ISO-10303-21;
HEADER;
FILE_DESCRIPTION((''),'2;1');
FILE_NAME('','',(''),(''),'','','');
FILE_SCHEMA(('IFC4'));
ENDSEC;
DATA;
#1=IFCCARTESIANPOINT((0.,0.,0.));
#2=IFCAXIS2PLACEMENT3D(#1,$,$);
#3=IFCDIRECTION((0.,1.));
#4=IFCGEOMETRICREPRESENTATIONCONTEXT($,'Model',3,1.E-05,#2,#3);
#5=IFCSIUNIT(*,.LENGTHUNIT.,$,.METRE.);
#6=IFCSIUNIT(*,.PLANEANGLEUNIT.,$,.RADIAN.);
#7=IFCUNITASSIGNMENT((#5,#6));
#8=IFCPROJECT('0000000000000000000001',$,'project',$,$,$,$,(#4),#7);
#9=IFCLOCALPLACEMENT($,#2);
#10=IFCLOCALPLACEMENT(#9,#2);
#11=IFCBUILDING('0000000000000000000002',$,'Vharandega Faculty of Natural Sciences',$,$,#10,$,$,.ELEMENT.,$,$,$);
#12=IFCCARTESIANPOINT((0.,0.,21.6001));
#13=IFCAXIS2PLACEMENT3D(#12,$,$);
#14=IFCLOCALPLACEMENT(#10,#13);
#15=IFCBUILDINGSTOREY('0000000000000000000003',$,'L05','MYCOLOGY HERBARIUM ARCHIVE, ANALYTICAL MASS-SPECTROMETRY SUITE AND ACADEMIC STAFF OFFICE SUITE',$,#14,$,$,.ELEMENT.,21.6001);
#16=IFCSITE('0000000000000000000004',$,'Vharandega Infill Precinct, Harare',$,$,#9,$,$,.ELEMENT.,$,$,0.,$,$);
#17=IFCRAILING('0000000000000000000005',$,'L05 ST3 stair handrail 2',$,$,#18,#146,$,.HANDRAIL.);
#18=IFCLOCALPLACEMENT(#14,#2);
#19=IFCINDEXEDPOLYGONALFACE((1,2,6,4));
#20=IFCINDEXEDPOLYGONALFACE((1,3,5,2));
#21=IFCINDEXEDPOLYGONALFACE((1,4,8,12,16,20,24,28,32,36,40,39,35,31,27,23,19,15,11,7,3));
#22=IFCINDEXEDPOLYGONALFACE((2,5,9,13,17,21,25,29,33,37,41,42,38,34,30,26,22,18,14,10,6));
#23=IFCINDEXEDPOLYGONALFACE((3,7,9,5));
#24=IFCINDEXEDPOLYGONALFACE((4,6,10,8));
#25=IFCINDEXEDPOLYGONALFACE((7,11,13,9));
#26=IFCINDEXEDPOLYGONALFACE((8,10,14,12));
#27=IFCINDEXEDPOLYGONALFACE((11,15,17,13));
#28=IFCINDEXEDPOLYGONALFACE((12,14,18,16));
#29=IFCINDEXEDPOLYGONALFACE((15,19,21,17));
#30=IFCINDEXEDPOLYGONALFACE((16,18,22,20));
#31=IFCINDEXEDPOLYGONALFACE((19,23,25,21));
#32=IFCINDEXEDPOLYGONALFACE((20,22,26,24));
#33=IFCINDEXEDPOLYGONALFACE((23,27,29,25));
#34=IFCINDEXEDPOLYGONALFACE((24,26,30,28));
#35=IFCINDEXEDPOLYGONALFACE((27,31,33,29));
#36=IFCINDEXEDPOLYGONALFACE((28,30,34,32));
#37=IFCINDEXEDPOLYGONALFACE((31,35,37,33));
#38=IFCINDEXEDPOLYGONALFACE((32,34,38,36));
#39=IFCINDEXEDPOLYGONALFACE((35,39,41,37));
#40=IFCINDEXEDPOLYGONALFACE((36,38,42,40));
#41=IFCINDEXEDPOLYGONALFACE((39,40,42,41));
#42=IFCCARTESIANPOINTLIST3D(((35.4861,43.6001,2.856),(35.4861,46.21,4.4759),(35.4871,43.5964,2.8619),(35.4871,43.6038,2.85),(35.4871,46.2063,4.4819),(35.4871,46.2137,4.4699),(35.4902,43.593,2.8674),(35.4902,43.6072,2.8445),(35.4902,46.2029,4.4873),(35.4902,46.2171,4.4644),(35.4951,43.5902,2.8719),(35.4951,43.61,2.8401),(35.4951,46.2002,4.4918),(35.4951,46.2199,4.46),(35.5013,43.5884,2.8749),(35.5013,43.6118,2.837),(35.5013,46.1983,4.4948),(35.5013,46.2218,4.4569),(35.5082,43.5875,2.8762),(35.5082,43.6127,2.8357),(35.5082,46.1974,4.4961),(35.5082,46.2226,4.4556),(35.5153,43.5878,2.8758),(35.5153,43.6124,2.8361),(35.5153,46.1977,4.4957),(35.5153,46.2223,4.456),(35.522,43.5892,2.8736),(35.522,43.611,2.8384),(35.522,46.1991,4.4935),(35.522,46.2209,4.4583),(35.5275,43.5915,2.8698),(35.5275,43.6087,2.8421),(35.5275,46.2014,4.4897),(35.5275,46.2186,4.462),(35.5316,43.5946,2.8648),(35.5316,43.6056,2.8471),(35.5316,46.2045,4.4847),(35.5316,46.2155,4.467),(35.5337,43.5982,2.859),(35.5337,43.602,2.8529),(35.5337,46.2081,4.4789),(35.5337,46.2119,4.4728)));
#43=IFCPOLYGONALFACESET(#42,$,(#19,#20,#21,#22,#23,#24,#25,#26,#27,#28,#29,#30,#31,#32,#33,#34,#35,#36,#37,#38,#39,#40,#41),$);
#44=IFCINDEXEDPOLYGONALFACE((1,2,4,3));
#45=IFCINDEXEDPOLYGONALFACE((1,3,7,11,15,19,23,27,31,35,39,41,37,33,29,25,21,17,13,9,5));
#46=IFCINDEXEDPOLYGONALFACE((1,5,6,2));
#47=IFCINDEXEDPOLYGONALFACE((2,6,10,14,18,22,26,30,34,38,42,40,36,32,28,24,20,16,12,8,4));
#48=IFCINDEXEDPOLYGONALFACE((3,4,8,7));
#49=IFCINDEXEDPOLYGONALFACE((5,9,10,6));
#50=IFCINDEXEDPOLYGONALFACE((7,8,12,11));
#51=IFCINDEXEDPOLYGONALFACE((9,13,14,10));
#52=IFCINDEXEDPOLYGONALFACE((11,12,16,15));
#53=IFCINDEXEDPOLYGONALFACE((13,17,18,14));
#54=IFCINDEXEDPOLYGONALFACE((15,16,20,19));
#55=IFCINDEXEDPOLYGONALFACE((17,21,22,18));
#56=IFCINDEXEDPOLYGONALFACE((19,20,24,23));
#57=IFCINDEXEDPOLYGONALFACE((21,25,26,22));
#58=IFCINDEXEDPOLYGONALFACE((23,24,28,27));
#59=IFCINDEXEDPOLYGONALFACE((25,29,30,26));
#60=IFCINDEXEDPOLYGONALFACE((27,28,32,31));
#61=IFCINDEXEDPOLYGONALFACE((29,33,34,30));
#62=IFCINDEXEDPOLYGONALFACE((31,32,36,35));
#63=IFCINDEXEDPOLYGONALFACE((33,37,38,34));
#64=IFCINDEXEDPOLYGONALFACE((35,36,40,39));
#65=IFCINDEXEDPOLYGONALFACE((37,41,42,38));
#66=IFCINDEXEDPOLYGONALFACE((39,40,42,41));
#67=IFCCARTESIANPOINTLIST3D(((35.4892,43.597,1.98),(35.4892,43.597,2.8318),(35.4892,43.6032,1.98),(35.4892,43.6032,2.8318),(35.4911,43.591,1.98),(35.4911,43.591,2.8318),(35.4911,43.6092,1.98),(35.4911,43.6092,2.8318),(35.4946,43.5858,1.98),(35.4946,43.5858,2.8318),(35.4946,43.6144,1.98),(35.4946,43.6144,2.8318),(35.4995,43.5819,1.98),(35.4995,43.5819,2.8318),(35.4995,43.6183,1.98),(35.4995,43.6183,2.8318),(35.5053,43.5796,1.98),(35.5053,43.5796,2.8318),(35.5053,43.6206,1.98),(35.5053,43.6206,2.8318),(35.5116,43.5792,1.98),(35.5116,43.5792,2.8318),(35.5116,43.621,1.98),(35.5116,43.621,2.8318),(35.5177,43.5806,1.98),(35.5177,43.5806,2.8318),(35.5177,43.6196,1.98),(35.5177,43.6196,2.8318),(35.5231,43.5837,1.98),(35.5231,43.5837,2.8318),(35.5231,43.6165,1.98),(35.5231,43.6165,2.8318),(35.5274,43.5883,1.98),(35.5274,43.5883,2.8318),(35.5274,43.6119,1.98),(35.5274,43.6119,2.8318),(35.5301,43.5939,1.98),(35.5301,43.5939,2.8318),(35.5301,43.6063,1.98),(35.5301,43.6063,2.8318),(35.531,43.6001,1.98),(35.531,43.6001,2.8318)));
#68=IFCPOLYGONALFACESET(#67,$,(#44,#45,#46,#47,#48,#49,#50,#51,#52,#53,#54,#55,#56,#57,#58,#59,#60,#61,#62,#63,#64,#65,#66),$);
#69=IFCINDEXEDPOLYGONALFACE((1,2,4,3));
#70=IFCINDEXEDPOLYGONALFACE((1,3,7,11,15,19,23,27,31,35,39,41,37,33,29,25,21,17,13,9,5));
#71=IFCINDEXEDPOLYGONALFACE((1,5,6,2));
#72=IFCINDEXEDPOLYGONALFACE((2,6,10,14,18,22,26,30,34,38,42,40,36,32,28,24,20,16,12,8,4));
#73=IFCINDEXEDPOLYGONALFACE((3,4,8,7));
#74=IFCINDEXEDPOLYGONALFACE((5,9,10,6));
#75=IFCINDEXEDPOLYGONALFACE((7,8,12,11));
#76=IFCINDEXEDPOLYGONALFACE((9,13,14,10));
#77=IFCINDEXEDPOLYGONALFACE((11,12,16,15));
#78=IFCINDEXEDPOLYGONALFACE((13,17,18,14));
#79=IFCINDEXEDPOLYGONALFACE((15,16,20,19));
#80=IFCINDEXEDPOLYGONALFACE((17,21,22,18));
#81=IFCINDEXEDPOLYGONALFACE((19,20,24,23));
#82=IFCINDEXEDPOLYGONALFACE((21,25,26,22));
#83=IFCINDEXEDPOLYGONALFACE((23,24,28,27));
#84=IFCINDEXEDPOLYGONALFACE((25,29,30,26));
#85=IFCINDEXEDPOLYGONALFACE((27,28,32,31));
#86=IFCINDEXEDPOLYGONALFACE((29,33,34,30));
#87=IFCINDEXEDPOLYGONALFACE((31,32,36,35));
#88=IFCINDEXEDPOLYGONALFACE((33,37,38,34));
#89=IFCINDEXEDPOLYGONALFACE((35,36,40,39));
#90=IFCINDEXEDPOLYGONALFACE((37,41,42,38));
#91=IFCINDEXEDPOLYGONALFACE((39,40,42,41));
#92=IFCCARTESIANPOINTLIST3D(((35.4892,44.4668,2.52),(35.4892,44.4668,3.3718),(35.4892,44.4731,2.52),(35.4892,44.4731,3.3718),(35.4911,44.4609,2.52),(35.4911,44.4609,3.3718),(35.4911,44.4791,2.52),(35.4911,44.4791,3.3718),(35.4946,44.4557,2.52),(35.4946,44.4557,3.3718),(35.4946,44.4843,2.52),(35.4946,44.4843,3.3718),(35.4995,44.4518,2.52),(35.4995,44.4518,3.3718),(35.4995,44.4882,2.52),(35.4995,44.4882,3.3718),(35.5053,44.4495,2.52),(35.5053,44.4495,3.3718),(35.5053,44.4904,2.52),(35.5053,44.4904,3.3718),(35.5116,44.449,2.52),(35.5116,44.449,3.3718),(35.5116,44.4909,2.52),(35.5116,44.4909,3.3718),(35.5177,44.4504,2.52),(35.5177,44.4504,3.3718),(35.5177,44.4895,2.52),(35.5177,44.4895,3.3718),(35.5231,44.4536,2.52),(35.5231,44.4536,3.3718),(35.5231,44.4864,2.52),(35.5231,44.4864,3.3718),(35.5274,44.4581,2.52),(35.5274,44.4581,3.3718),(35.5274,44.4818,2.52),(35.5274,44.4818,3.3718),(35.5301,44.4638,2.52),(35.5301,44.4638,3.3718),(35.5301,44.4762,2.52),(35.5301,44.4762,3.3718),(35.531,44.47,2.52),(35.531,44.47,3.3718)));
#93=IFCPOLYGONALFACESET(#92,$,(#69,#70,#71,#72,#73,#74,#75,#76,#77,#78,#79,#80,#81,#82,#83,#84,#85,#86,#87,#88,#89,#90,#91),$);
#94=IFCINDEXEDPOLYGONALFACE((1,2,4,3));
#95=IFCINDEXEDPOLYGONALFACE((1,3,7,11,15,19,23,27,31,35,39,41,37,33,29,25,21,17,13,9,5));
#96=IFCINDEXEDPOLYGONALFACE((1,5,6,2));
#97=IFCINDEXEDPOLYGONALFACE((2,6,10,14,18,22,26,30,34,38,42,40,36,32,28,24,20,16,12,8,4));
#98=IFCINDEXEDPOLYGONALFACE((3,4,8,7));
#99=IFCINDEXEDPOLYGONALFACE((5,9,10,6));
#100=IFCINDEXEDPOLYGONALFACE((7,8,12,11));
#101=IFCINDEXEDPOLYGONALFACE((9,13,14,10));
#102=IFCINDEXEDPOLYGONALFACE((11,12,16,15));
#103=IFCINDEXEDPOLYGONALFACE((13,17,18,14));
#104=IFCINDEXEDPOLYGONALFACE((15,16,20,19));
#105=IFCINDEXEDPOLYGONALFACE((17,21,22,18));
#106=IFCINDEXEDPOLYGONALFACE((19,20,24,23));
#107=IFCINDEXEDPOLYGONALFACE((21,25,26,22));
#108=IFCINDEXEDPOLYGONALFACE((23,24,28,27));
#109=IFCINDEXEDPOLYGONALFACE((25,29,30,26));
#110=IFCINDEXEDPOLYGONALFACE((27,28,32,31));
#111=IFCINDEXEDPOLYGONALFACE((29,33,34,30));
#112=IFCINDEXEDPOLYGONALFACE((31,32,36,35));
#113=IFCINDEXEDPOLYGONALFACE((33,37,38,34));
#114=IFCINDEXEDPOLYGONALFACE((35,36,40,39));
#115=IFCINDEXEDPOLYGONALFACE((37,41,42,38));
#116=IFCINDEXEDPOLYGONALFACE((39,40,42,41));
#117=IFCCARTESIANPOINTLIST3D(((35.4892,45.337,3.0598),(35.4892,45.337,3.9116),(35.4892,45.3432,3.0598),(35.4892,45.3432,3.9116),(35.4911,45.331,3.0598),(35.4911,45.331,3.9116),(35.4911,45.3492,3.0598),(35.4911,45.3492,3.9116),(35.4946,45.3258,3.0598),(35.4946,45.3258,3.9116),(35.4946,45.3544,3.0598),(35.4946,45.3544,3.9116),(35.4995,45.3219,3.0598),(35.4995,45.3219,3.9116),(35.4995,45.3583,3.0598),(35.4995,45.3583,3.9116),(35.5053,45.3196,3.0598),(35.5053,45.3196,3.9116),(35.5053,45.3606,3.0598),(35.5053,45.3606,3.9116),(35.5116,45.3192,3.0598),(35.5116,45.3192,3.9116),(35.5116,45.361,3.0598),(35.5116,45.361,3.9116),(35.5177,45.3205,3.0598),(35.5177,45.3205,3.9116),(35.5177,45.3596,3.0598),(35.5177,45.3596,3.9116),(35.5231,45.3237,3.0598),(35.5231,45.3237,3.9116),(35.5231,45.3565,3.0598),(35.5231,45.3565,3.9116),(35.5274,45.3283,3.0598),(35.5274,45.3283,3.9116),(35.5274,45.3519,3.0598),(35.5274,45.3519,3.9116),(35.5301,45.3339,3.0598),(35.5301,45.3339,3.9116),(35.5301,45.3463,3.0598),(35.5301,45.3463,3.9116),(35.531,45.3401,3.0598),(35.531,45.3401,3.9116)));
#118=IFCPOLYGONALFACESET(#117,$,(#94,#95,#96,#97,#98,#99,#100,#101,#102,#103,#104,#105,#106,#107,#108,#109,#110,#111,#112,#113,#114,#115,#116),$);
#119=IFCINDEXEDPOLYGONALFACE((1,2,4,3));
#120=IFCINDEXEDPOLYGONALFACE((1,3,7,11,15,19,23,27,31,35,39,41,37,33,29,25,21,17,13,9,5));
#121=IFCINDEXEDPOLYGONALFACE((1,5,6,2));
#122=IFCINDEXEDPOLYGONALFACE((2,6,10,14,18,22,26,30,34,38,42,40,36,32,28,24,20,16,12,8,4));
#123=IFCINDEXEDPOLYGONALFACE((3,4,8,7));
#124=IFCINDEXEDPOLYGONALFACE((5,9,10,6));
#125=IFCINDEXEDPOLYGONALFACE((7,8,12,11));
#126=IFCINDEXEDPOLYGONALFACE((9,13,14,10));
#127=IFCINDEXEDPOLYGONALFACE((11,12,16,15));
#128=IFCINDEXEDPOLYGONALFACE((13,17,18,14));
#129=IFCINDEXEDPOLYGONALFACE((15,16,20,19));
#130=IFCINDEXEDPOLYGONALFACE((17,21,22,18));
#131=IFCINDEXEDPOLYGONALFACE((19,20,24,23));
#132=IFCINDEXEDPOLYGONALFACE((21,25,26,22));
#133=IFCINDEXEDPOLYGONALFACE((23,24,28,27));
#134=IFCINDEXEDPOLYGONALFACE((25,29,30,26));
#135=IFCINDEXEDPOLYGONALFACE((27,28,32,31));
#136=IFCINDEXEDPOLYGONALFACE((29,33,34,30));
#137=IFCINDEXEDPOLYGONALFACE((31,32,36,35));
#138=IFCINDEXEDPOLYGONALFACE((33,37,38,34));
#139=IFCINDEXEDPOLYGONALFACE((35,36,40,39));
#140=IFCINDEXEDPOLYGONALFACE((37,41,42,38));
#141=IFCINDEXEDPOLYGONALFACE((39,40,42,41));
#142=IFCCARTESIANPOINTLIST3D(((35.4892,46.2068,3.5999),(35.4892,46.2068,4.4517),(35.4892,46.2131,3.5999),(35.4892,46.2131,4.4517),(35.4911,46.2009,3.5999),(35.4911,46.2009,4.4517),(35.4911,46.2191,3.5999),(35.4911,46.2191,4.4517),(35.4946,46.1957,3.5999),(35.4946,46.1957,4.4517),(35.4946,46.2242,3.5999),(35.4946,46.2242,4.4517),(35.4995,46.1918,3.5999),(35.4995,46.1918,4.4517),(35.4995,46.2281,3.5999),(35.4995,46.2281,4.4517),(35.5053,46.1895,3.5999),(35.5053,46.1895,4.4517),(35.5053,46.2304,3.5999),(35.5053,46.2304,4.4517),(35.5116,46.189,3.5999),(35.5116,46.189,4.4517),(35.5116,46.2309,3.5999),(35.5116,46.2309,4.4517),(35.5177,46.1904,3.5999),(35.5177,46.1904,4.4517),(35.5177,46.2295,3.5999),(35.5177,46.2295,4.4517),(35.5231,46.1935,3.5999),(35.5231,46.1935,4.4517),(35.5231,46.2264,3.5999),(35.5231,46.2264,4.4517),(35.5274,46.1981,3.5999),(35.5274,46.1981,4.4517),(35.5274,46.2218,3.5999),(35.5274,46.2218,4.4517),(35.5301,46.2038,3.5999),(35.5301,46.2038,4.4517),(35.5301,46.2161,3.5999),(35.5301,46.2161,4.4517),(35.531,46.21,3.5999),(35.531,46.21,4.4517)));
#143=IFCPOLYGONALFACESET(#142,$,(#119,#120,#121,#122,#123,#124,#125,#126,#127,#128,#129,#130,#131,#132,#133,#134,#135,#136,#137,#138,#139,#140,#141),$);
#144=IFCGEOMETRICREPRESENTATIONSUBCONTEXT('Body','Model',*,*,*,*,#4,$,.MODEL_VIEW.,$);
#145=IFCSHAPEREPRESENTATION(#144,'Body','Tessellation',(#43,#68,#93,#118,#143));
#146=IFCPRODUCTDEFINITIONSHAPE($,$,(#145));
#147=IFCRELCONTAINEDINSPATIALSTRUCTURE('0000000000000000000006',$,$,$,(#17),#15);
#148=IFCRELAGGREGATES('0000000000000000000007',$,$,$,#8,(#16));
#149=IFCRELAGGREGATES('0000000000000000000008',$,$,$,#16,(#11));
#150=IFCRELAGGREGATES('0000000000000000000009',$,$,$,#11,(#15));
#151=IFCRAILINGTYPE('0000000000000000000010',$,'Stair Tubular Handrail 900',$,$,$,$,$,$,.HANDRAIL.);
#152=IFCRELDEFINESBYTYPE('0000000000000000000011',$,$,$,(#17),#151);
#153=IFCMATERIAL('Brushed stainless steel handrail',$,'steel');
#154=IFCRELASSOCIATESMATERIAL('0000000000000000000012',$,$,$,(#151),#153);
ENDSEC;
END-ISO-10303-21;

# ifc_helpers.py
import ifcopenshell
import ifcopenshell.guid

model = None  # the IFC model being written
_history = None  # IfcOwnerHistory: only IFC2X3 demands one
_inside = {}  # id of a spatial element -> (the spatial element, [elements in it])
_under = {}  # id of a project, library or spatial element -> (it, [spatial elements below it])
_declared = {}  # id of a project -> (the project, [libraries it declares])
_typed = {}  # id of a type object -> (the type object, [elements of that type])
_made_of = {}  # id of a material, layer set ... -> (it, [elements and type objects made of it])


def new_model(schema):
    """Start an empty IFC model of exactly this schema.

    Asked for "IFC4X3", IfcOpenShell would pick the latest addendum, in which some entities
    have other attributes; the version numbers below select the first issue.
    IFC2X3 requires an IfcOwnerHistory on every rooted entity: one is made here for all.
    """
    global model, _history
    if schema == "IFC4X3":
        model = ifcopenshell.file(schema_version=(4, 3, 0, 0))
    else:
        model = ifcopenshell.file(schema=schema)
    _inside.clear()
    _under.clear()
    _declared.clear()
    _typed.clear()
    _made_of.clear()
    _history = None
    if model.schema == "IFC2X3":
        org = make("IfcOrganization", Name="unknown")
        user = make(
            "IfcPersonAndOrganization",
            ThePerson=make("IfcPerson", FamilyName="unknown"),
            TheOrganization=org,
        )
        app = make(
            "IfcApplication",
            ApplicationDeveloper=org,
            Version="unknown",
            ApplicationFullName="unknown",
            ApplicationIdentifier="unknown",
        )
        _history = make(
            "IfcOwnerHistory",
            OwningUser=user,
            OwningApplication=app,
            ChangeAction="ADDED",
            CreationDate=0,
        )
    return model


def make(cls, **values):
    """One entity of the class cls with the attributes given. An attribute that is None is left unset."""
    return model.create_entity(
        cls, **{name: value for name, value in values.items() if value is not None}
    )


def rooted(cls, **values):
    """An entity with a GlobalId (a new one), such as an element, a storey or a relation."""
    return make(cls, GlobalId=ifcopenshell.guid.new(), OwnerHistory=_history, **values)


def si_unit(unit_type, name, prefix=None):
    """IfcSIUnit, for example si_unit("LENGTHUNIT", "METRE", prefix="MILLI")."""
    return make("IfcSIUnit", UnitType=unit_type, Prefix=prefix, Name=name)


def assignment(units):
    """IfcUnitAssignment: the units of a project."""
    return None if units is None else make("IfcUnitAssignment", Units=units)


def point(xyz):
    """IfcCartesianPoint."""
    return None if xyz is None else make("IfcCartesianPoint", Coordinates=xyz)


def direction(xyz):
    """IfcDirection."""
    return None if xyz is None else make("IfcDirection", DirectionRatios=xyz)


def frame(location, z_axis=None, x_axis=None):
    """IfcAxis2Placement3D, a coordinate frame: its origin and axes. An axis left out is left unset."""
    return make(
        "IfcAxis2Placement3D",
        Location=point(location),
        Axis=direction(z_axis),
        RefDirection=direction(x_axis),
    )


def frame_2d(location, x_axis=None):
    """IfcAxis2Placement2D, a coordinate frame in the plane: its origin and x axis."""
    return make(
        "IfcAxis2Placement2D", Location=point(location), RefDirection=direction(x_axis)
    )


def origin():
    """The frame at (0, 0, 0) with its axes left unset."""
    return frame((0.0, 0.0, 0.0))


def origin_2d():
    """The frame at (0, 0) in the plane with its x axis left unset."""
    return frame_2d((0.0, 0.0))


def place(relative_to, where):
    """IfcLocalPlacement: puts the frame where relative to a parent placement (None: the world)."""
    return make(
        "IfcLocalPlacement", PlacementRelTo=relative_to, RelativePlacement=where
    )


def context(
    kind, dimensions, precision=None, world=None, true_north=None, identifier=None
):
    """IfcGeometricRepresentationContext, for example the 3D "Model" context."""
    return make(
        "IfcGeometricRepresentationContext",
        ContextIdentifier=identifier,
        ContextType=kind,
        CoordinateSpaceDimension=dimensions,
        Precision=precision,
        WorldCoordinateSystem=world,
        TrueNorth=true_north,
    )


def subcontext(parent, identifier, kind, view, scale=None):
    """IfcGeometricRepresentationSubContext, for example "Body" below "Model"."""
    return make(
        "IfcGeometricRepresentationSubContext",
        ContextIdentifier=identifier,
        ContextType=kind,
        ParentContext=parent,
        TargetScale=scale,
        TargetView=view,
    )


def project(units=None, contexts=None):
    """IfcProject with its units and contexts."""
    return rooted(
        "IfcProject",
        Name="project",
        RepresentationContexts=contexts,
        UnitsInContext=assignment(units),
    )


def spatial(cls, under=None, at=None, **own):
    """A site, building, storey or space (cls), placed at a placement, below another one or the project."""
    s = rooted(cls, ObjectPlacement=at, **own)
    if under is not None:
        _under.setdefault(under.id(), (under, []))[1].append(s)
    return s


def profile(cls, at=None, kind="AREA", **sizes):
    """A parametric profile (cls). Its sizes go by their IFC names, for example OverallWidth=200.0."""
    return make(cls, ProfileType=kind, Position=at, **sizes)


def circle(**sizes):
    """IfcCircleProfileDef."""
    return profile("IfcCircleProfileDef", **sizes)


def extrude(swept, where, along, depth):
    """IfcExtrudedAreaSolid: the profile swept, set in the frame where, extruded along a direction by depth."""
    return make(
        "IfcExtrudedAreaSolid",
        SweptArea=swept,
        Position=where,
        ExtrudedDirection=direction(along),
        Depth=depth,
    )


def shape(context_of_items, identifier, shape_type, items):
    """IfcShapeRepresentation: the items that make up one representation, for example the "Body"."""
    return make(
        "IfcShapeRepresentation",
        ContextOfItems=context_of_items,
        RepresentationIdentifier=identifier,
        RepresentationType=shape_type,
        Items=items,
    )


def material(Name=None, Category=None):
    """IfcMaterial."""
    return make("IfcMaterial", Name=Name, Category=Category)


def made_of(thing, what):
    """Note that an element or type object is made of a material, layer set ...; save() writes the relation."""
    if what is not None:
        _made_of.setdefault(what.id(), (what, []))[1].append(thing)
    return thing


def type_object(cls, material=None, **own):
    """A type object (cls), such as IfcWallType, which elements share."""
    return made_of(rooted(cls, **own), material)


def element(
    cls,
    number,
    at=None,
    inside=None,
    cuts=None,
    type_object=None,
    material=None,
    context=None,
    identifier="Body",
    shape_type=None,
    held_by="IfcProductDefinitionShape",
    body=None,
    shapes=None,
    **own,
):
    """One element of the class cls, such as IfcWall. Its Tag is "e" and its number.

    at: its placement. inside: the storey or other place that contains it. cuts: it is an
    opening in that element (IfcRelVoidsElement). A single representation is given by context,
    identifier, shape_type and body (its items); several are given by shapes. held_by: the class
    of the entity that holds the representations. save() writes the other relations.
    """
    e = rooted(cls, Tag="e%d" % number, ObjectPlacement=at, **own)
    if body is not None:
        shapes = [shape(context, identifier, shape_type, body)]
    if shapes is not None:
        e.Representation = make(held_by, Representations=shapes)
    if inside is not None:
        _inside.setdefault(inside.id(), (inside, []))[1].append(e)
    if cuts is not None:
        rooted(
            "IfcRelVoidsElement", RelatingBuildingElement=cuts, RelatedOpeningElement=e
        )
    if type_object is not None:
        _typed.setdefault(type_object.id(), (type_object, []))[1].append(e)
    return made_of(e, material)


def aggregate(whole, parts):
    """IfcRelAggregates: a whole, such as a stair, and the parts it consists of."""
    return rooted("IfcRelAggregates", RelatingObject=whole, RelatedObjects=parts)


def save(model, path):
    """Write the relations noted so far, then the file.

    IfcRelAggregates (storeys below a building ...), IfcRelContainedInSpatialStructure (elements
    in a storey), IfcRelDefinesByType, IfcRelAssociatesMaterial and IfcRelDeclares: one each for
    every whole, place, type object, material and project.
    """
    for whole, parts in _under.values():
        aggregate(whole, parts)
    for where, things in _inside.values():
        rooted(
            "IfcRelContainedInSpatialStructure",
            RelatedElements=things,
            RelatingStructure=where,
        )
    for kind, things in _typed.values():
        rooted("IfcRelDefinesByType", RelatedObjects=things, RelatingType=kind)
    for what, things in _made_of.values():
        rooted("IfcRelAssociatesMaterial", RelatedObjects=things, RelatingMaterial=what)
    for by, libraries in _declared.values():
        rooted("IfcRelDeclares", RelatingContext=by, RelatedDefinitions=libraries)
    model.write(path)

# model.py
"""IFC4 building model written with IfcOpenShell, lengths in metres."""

from ifc_helpers import new_model, si_unit, direction, frame, origin, origin_2d, place, context, subcontext, project, spatial, circle, extrude, material, type_object, element, save


model = new_model("IFC4")

# Units and contexts
model_context = context("Model", 3, precision=1e-05, world=origin(), true_north=direction((0.0, 1.0)))
body_context = subcontext(model_context, "Body", "Model", "MODEL_VIEW")
ifc_project = project(units=[si_unit("LENGTHUNIT", "METRE"), si_unit("PLANEANGLEUNIT", "RADIAN")], contexts=[model_context])

# Site, building, storey
site_placement = place(None, origin())
site = spatial("IfcSite", under=ifc_project, at=site_placement, Name="Vharandega Infill Precinct, Harare", CompositionType="ELEMENT", RefElevation=0.0)
building_placement = place(site_placement, origin())
building = spatial("IfcBuilding", under=site, at=building_placement, Name="Vharandega Faculty of Natural Sciences", CompositionType="ELEMENT")
storey_placement = place(building_placement, frame((0.0, 0.0, 21.6001)))
storey = spatial("IfcBuildingStorey", under=building, at=storey_placement, Name="L05", Description="MYCOLOGY HERBARIUM ARCHIVE, ANALYTICAL MASS-SPECTROMETRY SUITE AND ACADEMIC STAFF OFFICE SUITE", CompositionType="ELEMENT", Elevation=21.6001)

# Railing
ifc_material_1 = material(Name="Brushed stainless steel handrail", Category="steel")
railing_type_1 = type_object("IfcRailingType", Name="Stair Tubular Handrail 900", PredefinedType="HANDRAIL", material=ifc_material_1)
railing_1_placement = place(storey_placement, frame((35.51, 43.6001, 1.98)))
element("IfcRailing", 1, at=railing_1_placement, inside=storey, type_object=railing_type_1, Name="L05 ST3 stair handrail 2", PredefinedType="HANDRAIL", context=body_context, shape_type="SweptSolid", body=[
    extrude(circle(Radius=0.0239, at=origin_2d()), frame((0.0, 0.0, 0.876), z_axis=(0.0, 0.849646, 0.527353), x_axis=(-1.0, 0.0, 0.0)), (0.0, 0.0, 1.0), 3.0718),
    extrude(circle(Radius=0.021, at=origin_2d()), origin(), (0.0, 0.0, 1.0), 0.8518),
    extrude(circle(Radius=0.021, at=origin_2d()), frame((0.0, 0.8699, 0.54)), (0.0, 0.0, 1.0), 0.8518),
    extrude(circle(Radius=0.021, at=origin_2d()), frame((0.0, 1.74, 1.0798)), (0.0, 0.0, 1.0), 0.8518),
    extrude(circle(Radius=0.021, at=origin_2d()), frame((0.0, 2.6099, 1.6199)), (0.0, 0.0, 1.0), 0.8518),
])

save(model, "model.ifc")
